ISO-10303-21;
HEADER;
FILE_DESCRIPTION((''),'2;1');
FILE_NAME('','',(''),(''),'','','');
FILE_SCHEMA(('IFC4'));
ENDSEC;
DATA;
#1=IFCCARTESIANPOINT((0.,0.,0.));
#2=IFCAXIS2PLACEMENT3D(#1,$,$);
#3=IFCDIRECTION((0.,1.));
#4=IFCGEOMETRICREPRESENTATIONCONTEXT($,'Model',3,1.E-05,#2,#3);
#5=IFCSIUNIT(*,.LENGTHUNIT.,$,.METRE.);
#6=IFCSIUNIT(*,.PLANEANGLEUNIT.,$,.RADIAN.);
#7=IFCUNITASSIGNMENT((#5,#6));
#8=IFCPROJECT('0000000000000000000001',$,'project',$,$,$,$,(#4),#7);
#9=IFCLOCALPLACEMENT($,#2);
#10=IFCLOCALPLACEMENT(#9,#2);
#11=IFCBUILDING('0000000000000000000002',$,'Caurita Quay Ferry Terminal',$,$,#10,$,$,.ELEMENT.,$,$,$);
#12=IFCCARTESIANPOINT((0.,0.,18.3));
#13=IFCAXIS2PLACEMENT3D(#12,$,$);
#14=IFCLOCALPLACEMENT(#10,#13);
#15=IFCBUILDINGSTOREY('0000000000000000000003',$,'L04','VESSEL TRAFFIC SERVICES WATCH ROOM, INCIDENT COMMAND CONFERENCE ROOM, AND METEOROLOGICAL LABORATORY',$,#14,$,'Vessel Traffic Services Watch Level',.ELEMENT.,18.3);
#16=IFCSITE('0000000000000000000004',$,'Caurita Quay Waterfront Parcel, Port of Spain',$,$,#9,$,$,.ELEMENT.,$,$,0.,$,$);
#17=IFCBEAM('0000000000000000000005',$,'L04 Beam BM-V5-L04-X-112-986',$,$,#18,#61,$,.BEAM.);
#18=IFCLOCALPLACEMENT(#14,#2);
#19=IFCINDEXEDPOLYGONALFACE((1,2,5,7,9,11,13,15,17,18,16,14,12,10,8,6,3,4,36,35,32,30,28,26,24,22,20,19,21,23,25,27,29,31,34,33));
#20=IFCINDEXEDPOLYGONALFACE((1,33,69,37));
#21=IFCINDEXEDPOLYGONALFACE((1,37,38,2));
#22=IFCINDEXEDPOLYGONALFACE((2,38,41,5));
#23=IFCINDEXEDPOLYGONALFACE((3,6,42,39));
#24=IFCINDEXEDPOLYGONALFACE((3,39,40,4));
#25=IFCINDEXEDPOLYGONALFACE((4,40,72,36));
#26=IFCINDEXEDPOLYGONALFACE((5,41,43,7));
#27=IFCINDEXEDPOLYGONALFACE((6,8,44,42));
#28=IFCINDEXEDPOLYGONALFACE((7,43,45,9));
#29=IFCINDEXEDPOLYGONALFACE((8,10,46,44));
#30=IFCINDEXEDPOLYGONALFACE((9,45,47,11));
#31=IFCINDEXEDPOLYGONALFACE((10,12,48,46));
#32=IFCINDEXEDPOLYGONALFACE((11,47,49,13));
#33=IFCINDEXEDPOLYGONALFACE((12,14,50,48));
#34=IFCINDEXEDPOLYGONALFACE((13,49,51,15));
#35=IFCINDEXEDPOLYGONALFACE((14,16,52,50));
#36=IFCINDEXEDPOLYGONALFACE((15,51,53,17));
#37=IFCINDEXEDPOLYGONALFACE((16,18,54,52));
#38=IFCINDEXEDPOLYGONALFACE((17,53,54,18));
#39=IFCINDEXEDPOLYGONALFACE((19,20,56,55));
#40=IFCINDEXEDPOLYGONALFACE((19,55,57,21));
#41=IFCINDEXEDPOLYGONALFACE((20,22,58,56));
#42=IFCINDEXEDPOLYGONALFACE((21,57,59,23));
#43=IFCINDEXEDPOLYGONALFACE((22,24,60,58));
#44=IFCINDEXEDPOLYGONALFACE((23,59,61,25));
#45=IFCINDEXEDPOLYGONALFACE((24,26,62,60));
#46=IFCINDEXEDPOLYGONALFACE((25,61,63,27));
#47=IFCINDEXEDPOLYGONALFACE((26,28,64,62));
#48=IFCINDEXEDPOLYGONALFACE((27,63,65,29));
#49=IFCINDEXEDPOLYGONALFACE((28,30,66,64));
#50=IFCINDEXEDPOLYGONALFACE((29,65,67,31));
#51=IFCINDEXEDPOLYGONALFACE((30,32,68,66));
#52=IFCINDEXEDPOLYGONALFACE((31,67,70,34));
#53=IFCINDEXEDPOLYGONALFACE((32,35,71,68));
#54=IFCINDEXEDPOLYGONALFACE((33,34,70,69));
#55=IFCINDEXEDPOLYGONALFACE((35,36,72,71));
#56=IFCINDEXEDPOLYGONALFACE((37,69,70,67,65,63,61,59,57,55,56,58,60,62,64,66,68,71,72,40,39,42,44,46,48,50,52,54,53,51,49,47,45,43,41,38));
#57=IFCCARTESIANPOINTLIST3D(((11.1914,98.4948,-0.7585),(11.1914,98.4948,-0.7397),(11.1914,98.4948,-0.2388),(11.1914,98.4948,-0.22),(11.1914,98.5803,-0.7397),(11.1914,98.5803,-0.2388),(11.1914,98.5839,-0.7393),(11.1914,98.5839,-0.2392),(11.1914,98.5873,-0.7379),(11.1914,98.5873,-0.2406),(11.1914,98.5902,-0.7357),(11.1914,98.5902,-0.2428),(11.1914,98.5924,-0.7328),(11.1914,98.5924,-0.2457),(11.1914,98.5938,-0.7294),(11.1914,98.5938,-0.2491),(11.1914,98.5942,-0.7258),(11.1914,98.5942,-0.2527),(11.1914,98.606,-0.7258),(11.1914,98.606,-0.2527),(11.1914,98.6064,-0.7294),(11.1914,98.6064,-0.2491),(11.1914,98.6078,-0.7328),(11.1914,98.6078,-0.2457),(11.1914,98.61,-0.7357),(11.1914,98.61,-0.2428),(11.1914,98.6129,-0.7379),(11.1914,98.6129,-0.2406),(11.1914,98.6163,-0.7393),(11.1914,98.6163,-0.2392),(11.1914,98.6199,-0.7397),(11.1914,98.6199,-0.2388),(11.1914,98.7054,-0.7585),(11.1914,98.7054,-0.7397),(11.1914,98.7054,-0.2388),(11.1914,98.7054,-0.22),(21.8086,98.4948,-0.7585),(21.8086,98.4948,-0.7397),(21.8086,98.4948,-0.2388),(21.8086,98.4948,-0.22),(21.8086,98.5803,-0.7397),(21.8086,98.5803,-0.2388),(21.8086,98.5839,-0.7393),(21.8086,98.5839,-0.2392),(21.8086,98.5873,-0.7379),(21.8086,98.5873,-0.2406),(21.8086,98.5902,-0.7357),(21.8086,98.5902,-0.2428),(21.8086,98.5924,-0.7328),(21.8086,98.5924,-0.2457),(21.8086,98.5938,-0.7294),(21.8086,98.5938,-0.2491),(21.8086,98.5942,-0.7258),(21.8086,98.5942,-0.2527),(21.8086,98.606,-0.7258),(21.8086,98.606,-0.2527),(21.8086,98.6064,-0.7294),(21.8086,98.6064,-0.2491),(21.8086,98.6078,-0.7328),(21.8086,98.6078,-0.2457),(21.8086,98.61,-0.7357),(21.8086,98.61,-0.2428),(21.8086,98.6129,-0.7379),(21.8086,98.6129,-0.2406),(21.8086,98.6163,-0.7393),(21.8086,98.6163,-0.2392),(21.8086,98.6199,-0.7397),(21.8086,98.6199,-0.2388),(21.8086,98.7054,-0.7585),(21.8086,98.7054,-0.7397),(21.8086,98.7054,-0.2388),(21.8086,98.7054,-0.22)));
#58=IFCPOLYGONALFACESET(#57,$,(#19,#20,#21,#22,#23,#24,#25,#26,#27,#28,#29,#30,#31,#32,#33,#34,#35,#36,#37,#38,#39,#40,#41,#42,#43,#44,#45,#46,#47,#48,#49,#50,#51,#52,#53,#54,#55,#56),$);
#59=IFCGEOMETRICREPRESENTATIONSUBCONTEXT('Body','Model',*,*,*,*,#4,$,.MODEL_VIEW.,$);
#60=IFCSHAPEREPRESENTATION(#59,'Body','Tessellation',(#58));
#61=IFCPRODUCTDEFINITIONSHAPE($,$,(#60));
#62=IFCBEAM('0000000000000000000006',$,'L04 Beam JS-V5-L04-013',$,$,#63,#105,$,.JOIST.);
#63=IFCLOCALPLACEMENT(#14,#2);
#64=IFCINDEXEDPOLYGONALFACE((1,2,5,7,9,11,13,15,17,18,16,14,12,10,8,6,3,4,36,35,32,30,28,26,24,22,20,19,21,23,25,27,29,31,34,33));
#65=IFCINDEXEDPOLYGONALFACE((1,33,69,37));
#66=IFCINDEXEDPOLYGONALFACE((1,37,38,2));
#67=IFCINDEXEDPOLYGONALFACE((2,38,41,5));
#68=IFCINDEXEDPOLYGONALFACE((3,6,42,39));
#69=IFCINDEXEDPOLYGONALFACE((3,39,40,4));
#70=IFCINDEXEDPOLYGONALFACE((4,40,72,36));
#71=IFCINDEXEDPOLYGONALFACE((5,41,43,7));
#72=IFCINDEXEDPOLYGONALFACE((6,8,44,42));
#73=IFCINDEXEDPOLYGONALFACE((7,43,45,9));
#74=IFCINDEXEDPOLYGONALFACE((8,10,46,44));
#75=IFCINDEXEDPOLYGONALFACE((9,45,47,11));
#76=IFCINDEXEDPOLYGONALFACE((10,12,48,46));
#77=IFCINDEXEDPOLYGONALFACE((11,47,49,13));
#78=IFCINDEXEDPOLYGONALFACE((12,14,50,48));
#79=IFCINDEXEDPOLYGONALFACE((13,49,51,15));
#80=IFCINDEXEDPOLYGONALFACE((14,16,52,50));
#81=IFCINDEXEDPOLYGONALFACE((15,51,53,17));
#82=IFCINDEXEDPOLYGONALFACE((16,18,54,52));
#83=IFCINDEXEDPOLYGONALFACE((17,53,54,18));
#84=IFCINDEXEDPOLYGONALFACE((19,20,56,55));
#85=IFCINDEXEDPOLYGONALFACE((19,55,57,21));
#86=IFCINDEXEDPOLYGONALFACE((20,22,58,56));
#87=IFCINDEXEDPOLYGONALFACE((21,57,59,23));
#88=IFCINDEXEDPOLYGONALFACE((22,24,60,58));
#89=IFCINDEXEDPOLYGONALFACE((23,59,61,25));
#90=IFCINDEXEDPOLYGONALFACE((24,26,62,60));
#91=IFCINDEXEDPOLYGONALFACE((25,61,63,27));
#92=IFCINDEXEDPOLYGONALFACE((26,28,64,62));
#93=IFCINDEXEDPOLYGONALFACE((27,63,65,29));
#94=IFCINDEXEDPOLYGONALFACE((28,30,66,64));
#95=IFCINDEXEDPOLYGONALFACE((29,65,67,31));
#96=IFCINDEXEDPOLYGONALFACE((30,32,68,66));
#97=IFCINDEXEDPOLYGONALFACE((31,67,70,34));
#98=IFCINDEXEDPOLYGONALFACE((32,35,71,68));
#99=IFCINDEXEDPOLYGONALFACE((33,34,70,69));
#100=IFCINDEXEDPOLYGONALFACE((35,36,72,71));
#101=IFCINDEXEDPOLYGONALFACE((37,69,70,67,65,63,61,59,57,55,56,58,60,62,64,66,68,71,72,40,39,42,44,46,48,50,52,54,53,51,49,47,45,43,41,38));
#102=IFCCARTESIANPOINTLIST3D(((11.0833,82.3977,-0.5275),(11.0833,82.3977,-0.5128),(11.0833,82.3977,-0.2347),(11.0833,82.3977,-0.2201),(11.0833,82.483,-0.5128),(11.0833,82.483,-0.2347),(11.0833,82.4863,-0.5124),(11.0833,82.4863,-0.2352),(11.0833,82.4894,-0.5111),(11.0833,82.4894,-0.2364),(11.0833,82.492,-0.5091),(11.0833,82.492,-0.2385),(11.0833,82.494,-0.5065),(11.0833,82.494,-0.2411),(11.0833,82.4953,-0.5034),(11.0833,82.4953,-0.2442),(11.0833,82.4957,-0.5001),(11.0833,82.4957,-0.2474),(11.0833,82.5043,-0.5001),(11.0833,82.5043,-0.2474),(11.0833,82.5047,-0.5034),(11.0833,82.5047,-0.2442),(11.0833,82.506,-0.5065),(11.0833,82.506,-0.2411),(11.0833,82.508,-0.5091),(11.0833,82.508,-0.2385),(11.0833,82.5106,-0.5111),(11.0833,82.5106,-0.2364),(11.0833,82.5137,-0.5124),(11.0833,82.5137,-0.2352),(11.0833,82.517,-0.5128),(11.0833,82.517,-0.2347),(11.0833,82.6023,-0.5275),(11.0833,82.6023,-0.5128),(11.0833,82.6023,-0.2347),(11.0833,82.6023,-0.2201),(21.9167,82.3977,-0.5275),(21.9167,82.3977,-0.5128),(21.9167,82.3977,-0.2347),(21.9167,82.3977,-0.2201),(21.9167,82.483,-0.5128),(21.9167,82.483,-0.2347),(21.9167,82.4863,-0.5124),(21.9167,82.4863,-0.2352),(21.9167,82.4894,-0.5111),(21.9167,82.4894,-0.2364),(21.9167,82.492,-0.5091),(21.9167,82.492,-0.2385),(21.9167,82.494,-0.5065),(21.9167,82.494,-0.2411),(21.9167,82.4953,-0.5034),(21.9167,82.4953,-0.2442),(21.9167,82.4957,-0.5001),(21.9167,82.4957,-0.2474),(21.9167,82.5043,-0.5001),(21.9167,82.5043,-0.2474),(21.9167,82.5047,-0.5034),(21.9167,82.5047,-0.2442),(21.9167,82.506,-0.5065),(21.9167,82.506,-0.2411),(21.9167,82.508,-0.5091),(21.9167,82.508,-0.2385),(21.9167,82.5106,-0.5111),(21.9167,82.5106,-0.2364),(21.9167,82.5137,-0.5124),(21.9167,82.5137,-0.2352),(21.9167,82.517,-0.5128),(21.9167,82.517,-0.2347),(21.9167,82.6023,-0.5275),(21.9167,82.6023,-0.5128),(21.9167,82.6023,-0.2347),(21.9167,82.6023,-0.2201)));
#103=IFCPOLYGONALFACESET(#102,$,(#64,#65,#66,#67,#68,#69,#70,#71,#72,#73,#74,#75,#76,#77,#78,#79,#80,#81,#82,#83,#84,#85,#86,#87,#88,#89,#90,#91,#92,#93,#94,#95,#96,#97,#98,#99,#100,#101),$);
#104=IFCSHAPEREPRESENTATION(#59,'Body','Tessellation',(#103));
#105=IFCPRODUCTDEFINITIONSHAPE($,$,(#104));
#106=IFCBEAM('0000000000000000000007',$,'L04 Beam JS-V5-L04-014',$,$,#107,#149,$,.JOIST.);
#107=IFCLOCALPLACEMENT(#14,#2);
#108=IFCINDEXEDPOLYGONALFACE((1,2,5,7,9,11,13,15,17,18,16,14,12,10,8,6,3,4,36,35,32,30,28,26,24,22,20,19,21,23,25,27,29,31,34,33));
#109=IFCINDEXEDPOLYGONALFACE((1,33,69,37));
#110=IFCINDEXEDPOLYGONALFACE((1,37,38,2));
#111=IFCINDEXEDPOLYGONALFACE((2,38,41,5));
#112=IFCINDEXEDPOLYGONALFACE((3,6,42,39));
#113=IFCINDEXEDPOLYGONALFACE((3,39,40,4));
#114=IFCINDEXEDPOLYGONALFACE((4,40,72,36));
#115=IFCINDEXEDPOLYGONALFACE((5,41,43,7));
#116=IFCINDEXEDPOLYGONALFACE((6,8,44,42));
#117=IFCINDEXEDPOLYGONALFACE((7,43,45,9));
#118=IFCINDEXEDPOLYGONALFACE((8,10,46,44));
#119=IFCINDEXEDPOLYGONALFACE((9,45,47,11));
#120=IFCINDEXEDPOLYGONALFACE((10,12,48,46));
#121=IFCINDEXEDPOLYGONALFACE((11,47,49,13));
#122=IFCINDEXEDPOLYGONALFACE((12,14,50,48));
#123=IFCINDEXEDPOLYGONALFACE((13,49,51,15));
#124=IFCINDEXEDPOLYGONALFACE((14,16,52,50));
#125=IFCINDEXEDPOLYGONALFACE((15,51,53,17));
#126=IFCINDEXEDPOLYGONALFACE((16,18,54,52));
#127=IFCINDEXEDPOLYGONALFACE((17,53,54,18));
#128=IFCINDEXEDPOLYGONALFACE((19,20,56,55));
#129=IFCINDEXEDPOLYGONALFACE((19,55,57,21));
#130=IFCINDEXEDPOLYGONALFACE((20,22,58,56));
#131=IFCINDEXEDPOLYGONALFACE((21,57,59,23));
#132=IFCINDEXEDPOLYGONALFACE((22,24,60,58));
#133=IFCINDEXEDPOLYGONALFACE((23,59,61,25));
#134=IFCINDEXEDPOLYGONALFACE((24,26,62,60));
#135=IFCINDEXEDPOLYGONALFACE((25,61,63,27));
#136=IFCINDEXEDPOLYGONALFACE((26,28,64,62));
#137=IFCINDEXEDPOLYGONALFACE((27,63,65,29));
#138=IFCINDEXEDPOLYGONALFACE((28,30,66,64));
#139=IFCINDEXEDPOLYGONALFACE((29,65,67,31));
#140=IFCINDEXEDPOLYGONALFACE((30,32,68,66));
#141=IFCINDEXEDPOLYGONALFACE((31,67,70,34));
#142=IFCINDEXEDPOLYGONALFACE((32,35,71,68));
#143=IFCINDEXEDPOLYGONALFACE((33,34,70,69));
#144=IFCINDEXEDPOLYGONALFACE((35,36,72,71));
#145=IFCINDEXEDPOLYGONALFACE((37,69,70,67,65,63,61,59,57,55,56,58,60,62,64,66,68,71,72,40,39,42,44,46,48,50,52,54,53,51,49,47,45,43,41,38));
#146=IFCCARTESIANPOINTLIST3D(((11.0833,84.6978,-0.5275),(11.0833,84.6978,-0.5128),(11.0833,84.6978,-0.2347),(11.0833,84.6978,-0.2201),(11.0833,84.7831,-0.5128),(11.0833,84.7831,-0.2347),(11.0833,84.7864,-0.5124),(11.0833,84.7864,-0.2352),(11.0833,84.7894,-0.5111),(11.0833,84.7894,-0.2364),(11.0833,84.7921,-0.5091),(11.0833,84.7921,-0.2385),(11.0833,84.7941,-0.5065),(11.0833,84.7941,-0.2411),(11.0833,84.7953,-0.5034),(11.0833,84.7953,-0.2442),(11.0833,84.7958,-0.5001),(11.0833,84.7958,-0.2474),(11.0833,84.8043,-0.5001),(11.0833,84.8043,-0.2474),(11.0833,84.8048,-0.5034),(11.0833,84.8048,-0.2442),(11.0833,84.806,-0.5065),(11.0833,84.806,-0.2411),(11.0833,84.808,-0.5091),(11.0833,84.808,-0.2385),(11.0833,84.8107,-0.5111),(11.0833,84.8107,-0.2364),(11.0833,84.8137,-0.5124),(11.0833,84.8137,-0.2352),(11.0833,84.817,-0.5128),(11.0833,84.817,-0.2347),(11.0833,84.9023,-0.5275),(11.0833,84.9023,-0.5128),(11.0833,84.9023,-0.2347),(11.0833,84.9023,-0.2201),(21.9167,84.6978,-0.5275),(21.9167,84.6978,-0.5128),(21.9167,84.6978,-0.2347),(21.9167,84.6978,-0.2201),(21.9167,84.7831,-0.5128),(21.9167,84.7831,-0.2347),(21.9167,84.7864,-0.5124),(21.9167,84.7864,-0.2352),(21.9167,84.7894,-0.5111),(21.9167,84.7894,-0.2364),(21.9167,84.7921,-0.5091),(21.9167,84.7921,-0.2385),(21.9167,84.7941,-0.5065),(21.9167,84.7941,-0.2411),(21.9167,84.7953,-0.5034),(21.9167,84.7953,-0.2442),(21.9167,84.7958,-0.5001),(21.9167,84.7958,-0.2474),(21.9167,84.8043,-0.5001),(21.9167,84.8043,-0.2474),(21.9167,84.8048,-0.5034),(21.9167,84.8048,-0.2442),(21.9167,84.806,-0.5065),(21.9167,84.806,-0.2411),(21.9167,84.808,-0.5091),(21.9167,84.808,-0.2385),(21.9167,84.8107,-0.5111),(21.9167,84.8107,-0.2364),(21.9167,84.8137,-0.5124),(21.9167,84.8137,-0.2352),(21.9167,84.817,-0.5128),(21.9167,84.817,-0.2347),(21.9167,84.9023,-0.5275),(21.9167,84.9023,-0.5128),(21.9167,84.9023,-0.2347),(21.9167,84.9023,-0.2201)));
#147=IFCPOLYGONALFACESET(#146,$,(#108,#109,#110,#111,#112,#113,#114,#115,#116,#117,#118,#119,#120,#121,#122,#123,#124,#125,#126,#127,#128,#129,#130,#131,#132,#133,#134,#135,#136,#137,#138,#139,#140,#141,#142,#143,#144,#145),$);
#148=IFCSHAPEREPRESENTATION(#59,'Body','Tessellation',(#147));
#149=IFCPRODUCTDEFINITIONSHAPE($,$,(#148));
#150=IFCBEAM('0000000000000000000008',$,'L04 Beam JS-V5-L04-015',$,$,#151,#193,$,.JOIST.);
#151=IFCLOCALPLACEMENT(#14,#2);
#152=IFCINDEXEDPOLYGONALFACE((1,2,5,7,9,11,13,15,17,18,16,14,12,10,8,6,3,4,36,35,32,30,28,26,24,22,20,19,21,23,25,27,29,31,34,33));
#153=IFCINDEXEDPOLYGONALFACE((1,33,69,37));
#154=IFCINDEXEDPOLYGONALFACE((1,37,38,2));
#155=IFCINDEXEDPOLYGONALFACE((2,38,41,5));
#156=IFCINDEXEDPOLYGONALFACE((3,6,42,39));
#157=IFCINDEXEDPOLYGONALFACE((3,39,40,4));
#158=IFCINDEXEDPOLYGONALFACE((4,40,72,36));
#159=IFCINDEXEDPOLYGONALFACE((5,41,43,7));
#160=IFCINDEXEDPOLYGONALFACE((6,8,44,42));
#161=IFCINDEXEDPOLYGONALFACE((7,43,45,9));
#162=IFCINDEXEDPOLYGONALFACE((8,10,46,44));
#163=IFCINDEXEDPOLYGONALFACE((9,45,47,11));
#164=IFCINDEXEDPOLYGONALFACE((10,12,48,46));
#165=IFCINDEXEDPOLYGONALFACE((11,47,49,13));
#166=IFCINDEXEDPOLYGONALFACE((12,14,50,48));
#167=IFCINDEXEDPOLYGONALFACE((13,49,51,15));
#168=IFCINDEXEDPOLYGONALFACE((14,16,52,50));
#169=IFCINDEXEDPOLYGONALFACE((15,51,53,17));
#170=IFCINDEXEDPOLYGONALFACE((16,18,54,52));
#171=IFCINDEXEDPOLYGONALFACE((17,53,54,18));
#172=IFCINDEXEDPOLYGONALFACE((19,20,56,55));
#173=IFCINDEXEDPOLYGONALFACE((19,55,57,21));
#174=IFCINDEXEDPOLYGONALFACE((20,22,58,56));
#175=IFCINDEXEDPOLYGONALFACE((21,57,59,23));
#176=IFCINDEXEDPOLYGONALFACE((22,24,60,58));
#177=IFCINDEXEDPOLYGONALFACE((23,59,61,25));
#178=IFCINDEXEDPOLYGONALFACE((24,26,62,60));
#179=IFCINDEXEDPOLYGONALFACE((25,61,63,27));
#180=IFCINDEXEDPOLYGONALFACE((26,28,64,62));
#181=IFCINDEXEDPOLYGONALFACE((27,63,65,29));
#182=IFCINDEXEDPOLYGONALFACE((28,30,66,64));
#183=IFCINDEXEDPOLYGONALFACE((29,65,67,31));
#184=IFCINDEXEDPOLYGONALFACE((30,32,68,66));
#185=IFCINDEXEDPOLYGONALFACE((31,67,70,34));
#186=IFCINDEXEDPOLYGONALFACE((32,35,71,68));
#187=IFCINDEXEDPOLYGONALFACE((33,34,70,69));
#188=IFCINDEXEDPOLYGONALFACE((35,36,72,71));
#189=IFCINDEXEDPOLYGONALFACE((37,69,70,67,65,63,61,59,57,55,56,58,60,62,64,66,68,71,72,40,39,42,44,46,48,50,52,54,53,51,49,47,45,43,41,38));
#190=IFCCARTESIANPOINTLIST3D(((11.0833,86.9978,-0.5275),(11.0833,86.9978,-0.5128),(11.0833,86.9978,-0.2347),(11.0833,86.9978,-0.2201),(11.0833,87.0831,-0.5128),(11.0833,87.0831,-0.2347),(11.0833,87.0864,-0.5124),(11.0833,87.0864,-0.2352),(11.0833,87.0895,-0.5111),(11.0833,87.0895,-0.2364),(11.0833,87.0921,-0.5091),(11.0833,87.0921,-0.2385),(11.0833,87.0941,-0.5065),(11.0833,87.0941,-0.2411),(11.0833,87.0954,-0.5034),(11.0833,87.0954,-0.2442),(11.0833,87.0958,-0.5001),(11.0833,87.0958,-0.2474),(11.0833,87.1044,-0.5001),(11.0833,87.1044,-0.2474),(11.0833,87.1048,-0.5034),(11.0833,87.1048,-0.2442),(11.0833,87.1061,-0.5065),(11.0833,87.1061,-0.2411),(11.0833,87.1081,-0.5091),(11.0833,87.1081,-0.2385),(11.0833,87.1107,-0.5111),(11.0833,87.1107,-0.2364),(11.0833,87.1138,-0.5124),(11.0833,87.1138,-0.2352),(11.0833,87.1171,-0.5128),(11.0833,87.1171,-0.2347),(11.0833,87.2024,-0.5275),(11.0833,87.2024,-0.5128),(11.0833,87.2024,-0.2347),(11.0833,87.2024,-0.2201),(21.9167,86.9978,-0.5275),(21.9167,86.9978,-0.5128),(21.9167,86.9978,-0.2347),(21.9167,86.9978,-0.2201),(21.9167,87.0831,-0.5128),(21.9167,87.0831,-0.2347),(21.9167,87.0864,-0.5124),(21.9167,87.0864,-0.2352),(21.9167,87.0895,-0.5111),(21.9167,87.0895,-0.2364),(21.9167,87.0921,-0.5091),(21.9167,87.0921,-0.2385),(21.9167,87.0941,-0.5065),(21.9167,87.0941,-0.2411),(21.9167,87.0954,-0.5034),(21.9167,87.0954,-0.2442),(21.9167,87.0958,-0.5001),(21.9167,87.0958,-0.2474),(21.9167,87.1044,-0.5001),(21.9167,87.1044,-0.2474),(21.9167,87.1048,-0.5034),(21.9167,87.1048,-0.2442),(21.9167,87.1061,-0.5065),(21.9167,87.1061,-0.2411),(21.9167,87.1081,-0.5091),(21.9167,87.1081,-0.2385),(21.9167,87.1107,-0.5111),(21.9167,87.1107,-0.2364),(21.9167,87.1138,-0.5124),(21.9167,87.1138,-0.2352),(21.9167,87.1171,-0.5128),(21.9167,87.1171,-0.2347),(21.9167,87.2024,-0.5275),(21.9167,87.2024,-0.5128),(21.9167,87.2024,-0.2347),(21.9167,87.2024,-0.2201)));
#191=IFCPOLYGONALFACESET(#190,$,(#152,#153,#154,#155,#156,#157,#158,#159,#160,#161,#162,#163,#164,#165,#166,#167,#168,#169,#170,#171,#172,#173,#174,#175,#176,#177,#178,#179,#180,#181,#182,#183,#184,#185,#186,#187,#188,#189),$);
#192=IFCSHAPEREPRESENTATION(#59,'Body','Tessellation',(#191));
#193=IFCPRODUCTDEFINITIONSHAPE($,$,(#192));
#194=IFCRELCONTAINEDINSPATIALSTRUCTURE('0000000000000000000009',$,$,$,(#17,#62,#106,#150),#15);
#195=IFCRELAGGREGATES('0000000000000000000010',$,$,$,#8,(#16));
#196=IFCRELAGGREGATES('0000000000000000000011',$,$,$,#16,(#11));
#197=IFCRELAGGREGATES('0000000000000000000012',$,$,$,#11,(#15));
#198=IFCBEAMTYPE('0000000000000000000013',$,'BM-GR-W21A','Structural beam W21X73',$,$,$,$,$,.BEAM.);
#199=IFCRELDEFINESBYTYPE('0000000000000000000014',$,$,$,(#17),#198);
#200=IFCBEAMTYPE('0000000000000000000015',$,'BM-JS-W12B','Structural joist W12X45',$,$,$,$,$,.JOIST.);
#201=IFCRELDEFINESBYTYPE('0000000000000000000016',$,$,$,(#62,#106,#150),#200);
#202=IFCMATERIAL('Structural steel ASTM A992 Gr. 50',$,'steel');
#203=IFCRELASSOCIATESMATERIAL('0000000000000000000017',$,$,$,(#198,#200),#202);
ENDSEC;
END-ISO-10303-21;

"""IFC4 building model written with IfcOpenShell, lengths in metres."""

from ifc_helpers import new_model, si_unit, direction, frame, origin, origin_2d, place, context, subcontext, project, spatial, i_section, extrude, material, material_profile, profile_set, type_object, element, save


model = new_model("IFC4")

# Units and contexts
model_context = context("Model", 3, precision=1e-05, world=origin(), true_north=direction((0.0, 1.0)))
body_context = subcontext(model_context, "Body", "Model", "MODEL_VIEW")
ifc_project = project(units=[si_unit("LENGTHUNIT", "METRE"), si_unit("PLANEANGLEUNIT", "RADIAN")], contexts=[model_context])

# Site, building, storey
site_placement = place(None, origin())
site = spatial("IfcSite", under=ifc_project, at=site_placement, Name="Caurita Quay Waterfront Parcel, Port of Spain", CompositionType="ELEMENT", RefElevation=0.0)
building_placement = place(site_placement, origin())
building = spatial("IfcBuilding", under=site, at=building_placement, Name="Caurita Quay Ferry Terminal", CompositionType="ELEMENT")
storey_placement = place(building_placement, frame((0.0, 0.0, 18.3)))
storey = spatial("IfcBuildingStorey", under=building, at=storey_placement, Name="L04", Description="VESSEL TRAFFIC SERVICES WATCH ROOM, INCIDENT COMMAND CONFERENCE ROOM, AND METEOROLOGICAL LABORATORY", LongName="Vessel Traffic Services Watch Level", CompositionType="ELEMENT", Elevation=18.3)

# Beams
ifc_material_1 = material(Name="Structural steel ASTM A992 Gr. 50", Category="steel")
ifc_material_profile_1 = material_profile(ifc_material_1, i_section(OverallWidth=0.2107, OverallDepth=0.5386, WebThickness=0.0117, FlangeThickness=0.0188, FilletRadius=0.0139, at=origin_2d()), Name="W21X73")
ifc_profile_set_1 = profile_set([ifc_material_profile_1], Name="Structural steel ASTM A992 Gr. 50")
beam_type_1 = type_object("IfcBeamType", Name="BM-GR-W21A", Description="Structural beam W21X73", PredefinedType="BEAM", material=ifc_profile_set_1)
for number, where, z_axis, x_axis, name in (
    (1, (11.1914, 98.6001, -0.4893), (1.0, 0.0, 0.0), (0.0, 1.0, 0.0), "L04 Beam BM-V5-L04-X-112-986"),
):
    element("IfcBeam", number, at=place(storey_placement, frame(where, z_axis=z_axis, x_axis=x_axis)), inside=storey, type_object=beam_type_1, Name=name, PredefinedType="BEAM", context=body_context, shape_type="SweptSolid", body=[
        extrude(i_section(OverallWidth=0.2107, OverallDepth=0.5386, WebThickness=0.0117, FlangeThickness=0.0188, FilletRadius=0.0139, at=origin_2d()), origin(), (0.0, 0.0, 1.0), 10.6172),
    ])
ifc_material_profile_2 = material_profile(ifc_material_1, i_section(OverallWidth=0.2046, OverallDepth=0.3074, WebThickness=0.0085, FlangeThickness=0.0146, FilletRadius=0.0127, at=origin_2d()), Name="W12X45")
ifc_profile_set_2 = profile_set([ifc_material_profile_2], Name="Structural steel ASTM A992 Gr. 50")
beam_type_2 = type_object("IfcBeamType", Name="BM-JS-W12B", Description="Structural joist W12X45", PredefinedType="JOIST", material=ifc_profile_set_2)
for number, where, z_axis, x_axis, name in (
    (2, (11.0833, 82.5, -0.3738), (1.0, 0.0, 0.0), (0.0, 1.0, 0.0), "L04 Beam JS-V5-L04-013"),
    (3, (11.0833, 84.8, -0.3738), (1.0, 0.0, 0.0), (0.0, 1.0, 0.0), "L04 Beam JS-V5-L04-014"),
    (4, (11.0833, 87.1001, -0.3738), (1.0, 0.0, 0.0), (0.0, 1.0, 0.0), "L04 Beam JS-V5-L04-015"),
):
    element("IfcBeam", number, at=place(storey_placement, frame(where, z_axis=z_axis, x_axis=x_axis)), inside=storey, type_object=beam_type_2, Name=name, PredefinedType="JOIST", context=body_context, shape_type="SweptSolid", body=[
        extrude(i_section(OverallWidth=0.2046, OverallDepth=0.3074, WebThickness=0.0085, FlangeThickness=0.0146, FilletRadius=0.0127, at=origin_2d()), origin(), (0.0, 0.0, 1.0), 10.8335),
    ])

save(model, "model.ifc")
